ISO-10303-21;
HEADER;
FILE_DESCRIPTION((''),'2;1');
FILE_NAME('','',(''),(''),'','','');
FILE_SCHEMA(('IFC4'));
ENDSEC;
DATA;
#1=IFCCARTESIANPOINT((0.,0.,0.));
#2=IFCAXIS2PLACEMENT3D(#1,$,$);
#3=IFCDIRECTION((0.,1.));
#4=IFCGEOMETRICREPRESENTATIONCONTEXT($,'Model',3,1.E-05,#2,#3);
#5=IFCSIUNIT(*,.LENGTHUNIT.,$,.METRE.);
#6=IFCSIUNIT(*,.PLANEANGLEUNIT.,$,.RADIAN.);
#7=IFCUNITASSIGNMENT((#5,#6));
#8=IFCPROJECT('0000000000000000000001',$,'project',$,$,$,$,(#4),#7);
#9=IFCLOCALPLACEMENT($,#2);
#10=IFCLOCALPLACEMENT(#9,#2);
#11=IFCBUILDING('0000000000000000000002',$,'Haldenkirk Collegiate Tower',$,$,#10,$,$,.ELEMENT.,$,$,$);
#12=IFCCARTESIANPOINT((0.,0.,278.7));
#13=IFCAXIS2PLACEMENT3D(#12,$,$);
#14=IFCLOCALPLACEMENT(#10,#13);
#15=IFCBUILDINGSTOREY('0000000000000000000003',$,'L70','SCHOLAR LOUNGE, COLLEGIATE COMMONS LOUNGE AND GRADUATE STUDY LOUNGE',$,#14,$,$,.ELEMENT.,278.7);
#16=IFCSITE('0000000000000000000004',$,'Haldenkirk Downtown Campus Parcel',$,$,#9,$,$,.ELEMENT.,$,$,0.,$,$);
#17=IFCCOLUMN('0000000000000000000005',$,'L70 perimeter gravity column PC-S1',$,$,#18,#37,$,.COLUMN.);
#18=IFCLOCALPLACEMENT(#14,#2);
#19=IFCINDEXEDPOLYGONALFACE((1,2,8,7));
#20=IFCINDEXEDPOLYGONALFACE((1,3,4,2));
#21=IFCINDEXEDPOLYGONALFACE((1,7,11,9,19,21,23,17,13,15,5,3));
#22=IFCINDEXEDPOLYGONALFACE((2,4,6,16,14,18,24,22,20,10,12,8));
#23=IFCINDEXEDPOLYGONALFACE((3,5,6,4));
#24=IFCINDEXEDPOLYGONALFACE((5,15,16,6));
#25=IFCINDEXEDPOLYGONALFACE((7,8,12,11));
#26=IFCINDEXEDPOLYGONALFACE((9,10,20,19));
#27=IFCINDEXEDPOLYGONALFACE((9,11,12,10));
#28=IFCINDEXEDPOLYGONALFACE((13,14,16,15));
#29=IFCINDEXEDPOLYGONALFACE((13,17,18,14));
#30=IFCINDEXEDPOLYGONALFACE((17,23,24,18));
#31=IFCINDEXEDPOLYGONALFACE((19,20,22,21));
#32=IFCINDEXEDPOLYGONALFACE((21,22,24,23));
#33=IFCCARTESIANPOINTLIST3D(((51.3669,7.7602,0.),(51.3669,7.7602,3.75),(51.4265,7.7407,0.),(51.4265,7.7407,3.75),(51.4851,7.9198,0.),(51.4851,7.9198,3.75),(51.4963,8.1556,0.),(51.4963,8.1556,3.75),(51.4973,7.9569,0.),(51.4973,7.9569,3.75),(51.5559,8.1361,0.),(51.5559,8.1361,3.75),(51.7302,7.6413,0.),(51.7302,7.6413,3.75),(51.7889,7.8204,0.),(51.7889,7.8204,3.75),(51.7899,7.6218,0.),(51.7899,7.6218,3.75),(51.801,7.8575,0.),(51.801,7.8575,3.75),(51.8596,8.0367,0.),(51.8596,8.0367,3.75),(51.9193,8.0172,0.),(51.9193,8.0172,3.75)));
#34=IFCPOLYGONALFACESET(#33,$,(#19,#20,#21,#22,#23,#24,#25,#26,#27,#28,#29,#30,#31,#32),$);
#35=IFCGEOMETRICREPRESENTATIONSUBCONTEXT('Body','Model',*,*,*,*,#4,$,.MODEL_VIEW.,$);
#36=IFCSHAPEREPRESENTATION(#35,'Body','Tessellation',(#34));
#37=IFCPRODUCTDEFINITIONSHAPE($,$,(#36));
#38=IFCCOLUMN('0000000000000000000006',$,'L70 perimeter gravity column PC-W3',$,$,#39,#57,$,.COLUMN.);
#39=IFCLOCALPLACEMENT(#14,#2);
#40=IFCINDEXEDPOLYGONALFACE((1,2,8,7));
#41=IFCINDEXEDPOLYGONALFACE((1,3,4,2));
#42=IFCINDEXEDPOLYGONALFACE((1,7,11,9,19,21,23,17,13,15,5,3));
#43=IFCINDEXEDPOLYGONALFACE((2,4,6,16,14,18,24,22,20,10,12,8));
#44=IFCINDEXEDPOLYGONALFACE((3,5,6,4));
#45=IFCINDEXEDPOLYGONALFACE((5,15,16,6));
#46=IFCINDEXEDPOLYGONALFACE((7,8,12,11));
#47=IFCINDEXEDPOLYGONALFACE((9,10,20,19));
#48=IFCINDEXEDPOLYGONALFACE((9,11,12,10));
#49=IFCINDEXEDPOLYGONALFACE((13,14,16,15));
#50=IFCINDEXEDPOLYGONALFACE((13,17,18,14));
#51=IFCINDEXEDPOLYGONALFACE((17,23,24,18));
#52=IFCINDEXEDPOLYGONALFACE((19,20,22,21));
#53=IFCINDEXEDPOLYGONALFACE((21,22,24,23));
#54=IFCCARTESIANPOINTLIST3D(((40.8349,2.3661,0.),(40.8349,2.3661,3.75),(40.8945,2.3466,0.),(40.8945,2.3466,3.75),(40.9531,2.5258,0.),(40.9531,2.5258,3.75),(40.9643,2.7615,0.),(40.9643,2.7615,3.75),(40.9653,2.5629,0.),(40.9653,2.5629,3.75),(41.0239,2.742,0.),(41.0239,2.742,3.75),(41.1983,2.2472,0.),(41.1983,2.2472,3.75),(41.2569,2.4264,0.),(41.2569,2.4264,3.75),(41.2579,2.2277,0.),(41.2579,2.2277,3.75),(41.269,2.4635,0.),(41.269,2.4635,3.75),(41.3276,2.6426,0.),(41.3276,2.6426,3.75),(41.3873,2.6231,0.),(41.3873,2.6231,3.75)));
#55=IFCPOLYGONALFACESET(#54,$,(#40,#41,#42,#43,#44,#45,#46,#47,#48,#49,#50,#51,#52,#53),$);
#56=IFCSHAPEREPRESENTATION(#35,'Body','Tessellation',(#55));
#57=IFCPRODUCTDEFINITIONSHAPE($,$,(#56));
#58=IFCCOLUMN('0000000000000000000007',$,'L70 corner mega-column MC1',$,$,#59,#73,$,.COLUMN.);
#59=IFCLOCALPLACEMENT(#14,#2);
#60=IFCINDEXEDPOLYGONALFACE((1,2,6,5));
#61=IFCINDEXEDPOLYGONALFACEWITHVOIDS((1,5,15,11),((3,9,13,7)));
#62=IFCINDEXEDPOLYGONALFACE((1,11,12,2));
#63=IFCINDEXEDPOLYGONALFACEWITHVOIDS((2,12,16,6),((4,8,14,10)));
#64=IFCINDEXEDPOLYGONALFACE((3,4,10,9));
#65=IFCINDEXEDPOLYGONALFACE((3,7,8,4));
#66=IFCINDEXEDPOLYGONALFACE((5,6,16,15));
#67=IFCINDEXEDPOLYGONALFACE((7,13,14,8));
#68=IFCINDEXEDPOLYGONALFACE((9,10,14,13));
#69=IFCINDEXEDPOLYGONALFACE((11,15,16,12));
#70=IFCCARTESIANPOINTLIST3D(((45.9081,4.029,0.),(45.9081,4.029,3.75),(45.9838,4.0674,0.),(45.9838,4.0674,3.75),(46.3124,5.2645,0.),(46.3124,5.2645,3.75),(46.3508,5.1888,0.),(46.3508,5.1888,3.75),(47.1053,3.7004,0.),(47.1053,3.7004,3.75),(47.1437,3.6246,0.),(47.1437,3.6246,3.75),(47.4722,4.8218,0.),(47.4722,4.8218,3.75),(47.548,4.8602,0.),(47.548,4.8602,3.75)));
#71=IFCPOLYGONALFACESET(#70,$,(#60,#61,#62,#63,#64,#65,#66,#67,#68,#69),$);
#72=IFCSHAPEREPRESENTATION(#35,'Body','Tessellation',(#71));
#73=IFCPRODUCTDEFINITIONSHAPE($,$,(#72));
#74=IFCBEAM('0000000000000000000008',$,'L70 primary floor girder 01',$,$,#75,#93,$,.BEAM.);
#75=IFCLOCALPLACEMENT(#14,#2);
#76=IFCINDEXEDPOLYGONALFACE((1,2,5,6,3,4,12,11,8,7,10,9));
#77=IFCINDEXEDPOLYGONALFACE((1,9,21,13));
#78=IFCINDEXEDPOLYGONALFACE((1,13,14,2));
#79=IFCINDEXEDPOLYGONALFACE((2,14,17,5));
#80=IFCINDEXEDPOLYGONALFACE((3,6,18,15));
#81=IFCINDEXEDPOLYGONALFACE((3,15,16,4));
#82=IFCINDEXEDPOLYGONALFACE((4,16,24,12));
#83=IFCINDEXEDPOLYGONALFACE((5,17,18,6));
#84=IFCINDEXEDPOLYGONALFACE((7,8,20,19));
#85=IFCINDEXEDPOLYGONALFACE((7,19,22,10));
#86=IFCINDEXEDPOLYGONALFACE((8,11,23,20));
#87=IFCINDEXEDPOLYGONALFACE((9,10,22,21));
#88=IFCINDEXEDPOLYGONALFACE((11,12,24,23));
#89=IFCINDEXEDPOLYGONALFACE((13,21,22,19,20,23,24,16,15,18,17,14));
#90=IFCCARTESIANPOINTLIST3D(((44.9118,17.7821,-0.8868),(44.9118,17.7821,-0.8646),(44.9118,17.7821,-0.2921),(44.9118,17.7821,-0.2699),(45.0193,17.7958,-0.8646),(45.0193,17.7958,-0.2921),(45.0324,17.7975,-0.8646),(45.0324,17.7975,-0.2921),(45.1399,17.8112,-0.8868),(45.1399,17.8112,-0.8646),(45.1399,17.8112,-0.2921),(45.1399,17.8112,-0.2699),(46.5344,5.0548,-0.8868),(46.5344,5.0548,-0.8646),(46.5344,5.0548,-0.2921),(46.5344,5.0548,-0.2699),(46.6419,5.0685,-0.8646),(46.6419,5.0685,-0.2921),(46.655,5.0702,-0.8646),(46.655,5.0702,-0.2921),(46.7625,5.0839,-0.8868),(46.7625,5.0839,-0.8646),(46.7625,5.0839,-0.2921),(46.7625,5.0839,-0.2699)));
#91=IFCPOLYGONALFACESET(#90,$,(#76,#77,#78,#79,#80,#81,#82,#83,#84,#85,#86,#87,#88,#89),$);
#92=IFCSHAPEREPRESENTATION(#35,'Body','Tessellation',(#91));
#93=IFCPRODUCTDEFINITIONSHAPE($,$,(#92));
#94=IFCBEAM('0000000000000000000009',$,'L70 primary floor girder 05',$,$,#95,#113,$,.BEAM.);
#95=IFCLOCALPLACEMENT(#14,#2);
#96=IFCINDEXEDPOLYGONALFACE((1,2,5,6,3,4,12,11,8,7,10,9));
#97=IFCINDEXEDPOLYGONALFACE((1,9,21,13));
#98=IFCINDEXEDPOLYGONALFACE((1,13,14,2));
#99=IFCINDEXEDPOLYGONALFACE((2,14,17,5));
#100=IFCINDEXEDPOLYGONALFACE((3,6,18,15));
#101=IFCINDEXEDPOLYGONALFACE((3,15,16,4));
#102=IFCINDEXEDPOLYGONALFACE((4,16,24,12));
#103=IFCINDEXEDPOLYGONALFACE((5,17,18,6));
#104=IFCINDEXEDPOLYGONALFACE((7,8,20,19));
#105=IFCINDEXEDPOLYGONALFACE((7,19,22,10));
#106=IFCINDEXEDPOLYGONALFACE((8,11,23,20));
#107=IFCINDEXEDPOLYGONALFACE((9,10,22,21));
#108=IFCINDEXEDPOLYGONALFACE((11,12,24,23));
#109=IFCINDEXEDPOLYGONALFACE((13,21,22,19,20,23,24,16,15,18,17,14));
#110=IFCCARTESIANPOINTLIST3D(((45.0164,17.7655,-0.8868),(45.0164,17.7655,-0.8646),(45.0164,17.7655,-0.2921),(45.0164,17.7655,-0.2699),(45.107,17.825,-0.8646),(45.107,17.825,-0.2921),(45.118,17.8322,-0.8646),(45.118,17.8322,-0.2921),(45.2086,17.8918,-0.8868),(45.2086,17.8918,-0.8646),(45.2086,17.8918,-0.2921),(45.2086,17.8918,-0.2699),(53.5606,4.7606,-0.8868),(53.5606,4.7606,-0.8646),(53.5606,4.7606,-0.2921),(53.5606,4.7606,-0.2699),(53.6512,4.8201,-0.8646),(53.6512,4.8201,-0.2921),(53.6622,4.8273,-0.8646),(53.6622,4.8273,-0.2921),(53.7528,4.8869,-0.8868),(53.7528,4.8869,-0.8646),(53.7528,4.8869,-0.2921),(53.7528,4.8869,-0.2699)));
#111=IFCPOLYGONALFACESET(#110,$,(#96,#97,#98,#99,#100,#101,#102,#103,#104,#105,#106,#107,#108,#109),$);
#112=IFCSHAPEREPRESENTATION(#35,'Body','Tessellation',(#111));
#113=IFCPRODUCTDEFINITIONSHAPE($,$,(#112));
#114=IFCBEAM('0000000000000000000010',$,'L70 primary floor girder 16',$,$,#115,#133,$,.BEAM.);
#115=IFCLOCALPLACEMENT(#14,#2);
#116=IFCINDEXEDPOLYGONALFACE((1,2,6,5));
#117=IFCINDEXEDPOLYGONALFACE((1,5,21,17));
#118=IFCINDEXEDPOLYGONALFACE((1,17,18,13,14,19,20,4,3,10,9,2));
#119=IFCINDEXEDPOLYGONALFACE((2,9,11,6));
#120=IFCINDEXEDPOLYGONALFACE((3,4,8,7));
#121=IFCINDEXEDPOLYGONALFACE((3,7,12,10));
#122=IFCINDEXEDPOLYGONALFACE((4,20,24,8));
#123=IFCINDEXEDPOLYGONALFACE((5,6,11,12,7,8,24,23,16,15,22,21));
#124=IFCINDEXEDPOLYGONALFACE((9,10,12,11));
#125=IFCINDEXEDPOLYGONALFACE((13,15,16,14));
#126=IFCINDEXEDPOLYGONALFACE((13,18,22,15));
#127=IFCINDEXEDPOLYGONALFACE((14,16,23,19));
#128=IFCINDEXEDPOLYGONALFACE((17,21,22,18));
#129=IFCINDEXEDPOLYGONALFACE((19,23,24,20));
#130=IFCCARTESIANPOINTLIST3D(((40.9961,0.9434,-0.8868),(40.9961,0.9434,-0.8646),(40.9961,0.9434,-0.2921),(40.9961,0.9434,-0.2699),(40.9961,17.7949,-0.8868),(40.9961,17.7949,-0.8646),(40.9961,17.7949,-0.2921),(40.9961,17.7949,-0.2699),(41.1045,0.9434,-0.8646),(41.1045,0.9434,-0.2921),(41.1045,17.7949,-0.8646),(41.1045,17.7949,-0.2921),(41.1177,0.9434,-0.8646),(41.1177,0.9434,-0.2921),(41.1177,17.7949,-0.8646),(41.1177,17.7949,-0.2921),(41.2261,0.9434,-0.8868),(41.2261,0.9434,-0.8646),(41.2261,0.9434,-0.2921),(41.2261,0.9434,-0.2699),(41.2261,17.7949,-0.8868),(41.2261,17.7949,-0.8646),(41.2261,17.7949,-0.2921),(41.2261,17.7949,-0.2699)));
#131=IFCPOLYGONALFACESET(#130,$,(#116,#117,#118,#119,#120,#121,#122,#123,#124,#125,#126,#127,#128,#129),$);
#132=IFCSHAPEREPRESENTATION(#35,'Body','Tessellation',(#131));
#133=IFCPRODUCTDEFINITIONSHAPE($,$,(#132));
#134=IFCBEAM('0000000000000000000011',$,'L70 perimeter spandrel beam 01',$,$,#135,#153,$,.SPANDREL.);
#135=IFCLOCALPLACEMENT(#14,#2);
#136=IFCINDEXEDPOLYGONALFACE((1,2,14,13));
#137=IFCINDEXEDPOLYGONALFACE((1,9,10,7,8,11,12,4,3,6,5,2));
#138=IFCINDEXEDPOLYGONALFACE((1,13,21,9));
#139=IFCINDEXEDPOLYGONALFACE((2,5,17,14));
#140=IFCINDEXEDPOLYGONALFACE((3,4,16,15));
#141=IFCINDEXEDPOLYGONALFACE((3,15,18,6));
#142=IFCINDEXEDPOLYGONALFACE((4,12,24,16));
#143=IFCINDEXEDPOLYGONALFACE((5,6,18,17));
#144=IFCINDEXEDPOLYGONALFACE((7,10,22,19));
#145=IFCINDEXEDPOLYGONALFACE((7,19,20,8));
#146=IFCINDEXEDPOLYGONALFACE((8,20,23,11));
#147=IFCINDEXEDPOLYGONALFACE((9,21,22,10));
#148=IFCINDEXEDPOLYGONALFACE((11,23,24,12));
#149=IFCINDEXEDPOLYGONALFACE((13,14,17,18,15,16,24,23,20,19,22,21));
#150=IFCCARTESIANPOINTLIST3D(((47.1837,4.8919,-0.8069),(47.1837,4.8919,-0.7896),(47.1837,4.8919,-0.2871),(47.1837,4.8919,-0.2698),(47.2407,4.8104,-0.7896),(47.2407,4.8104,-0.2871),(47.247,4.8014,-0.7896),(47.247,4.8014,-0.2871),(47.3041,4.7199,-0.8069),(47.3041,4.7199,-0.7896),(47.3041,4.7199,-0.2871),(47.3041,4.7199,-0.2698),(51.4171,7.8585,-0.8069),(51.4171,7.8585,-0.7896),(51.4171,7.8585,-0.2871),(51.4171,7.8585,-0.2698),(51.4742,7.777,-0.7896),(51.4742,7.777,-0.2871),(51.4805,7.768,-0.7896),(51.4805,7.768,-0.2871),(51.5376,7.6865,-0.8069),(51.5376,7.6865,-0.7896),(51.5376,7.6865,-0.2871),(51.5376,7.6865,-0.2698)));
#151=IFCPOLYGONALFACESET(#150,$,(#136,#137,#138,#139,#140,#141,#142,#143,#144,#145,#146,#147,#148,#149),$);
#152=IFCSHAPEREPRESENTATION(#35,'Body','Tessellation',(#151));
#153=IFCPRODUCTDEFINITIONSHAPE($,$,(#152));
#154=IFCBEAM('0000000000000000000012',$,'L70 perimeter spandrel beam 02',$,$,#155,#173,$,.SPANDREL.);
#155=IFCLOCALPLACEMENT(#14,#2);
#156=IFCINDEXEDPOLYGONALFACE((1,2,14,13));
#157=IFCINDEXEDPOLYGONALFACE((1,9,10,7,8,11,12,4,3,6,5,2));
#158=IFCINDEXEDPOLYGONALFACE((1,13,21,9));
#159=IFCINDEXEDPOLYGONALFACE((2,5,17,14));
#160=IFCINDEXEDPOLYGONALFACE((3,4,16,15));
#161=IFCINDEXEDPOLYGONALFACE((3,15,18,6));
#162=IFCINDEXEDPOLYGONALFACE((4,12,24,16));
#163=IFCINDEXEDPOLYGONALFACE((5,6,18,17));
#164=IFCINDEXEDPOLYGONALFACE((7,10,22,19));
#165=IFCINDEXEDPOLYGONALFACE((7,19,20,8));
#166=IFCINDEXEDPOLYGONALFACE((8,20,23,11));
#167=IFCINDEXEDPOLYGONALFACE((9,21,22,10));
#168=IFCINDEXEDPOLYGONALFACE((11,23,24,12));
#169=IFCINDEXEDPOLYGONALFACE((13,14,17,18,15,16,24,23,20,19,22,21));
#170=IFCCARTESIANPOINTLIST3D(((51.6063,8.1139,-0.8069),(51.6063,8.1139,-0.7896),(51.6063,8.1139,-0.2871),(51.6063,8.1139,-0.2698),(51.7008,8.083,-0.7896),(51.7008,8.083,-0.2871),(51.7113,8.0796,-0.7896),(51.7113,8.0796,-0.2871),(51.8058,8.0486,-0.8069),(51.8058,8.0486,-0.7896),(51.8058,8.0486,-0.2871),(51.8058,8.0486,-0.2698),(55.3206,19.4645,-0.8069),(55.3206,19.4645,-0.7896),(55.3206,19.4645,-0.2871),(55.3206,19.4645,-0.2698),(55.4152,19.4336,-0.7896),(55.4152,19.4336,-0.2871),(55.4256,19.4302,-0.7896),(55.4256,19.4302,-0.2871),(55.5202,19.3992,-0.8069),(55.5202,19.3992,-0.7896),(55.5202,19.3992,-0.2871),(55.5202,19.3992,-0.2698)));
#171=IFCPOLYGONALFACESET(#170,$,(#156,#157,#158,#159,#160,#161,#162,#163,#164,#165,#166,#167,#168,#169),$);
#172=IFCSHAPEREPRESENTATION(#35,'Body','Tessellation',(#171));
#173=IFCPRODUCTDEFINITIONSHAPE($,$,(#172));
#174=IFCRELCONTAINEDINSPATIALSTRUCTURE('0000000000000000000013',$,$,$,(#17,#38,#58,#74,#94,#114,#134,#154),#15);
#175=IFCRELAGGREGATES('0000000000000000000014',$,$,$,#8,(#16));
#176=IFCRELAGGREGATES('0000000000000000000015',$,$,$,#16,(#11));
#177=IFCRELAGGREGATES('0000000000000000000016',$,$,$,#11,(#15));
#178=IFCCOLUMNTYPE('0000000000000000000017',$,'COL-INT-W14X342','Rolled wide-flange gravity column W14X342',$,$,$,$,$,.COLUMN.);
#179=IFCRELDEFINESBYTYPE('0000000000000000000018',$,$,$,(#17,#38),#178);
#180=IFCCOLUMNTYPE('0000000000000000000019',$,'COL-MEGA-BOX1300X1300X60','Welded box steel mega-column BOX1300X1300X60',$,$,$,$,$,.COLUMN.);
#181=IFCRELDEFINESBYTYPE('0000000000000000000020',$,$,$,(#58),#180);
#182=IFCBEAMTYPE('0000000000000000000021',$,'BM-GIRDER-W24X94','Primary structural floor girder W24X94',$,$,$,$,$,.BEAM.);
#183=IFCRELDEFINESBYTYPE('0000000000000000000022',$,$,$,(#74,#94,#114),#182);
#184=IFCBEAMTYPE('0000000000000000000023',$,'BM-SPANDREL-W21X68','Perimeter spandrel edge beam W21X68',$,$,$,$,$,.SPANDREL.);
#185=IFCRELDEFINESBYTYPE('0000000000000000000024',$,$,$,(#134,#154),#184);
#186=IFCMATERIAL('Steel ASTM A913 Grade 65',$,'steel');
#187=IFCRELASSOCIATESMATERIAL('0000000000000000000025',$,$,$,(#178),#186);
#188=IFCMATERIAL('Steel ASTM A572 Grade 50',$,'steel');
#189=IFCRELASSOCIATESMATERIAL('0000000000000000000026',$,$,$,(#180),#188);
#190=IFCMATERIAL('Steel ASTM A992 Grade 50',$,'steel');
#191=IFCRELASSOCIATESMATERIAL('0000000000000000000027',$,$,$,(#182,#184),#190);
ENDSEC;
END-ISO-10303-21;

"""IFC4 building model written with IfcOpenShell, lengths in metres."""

from ifc_helpers import new_model, si_unit, direction, frame, origin, origin_2d, place, context, subcontext, project, spatial, hollow_rectangle, i_section, extrude, material, material_profile, profile_set, type_object, element, save


model = new_model("IFC4")

# Units and contexts
model_context = context("Model", 3, precision=1e-05, world=origin(), true_north=direction((0.0, 1.0)))
body_context = subcontext(model_context, "Body", "Model", "MODEL_VIEW")
ifc_project = project(units=[si_unit("LENGTHUNIT", "METRE"), si_unit("PLANEANGLEUNIT", "RADIAN")], contexts=[model_context])

# Site, building, storey
site_placement = place(None, origin())
site = spatial("IfcSite", under=ifc_project, at=site_placement, Name="Haldenkirk Downtown Campus Parcel", CompositionType="ELEMENT", RefElevation=0.0)
building_placement = place(site_placement, origin())
building = spatial("IfcBuilding", under=site, at=building_placement, Name="Haldenkirk Collegiate Tower", CompositionType="ELEMENT")
storey_placement = place(building_placement, frame((0.0, 0.0, 278.7)))
storey = spatial("IfcBuildingStorey", under=building, at=storey_placement, Name="L70", Description="SCHOLAR LOUNGE, COLLEGIATE COMMONS LOUNGE AND GRADUATE STUDY LOUNGE", CompositionType="ELEMENT", Elevation=278.7)

# Columns
ifc_material_1 = material(Name="Steel ASTM A913 Grade 65", Category="steel")
ifc_material_profile_1 = material_profile(ifc_material_1, i_section(OverallWidth=0.416, OverallDepth=0.4451, WebThickness=0.0391, FlangeThickness=0.0627, at=origin_2d()), Name="W14X342")
ifc_profile_set_1 = profile_set([ifc_material_profile_1], Name="Steel ASTM A913 Grade 65")
column_type_1 = type_object("IfcColumnType", Name="COL-INT-W14X342", Description="Rolled wide-flange gravity column W14X342", PredefinedType="COLUMN", material=ifc_profile_set_1)
for number, where, z_axis, x_axis, name in (
    (1, (51.6431, 7.8887, 0.0), (0.0, 0.0, 1.0), (0.311008, 0.950407, 0.0), "L70 perimeter gravity column PC-S1"),
    (2, (41.1111, 2.4946, 0.0), (0.0, 0.0, 1.0), (0.311008, 0.950407, 0.0), "L70 perimeter gravity column PC-W3"),
):
    element("IfcColumn", number, at=place(storey_placement, frame(where, z_axis=z_axis, x_axis=x_axis)), inside=storey, type_object=column_type_1, Name=name, PredefinedType="COLUMN", context=body_context, shape_type="SweptSolid", body=[
        extrude(i_section(OverallWidth=0.416, OverallDepth=0.4451, WebThickness=0.0391, FlangeThickness=0.0627, at=origin_2d()), origin(), (0.0, 0.0, 1.0), 3.75),
    ])
ifc_material_2 = material(Name="Steel ASTM A572 Grade 50", Category="steel")
ifc_material_profile_2 = material_profile(ifc_material_2, hollow_rectangle(XDim=1.3, YDim=1.3, WallThickness=0.0601, at=origin_2d()), Name="BOX1300X1300X60")
ifc_profile_set_2 = profile_set([ifc_material_profile_2], Name="Steel ASTM A572 Grade 50")
column_type_2 = type_object("IfcColumnType", Name="COL-MEGA-BOX1300X1300X60", Description="Welded box steel mega-column BOX1300X1300X60", PredefinedType="COLUMN", material=ifc_profile_set_2)
column_placement = place(storey_placement, frame((46.728, 4.4446, 0.0), z_axis=(0.0, 0.0, 1.0), x_axis=(0.311008, 0.950407, 0.0)))
element("IfcColumn", 3, at=column_placement, inside=storey, type_object=column_type_2, Name="L70 corner mega-column MC1", PredefinedType="COLUMN", context=body_context, shape_type="SweptSolid", body=[
    extrude(hollow_rectangle(XDim=1.3, YDim=1.3, WallThickness=0.0601, at=origin_2d()), origin(), (0.0, 0.0, 1.0), 3.75),
])

# Beams
ifc_material_3 = material(Name="Steel ASTM A992 Grade 50", Category="steel")
ifc_material_profile_3 = material_profile(ifc_material_3, i_section(OverallWidth=0.23, OverallDepth=0.6169, WebThickness=0.0132, FlangeThickness=0.0222, at=origin_2d()), Name="W24X94")
ifc_profile_set_3 = profile_set([ifc_material_profile_3], Name="Steel ASTM A992 Grade 50")
beam_type_1 = type_object("IfcBeamType", Name="BM-GIRDER-W24X94", Description="Primary structural floor girder W24X94", PredefinedType="BEAM", material=ifc_profile_set_3)
beam_1_placement = place(storey_placement, frame((46.6484, 5.0693, -0.5784), z_axis=(-0.126463, 0.991971, 0.0), x_axis=(-0.991971, -0.126463, 0.0)))
element("IfcBeam", 4, at=beam_1_placement, inside=storey, type_object=beam_type_1, Name="L70 primary floor girder 01", PredefinedType="BEAM", context=body_context, shape_type="SweptSolid", body=[
    extrude(i_section(OverallWidth=0.23, OverallDepth=0.6169, WebThickness=0.0132, FlangeThickness=0.0222, at=origin_2d()), origin(), (0.0, 0.0, 1.0), 12.8303),
])
beam_2_placement = place(storey_placement, frame((53.6567, 4.8237, -0.5784), z_axis=(-0.549094, 0.835761, 0.0), x_axis=(-0.835761, -0.549094, 0.0)))
element("IfcBeam", 5, at=beam_2_placement, inside=storey, type_object=beam_type_1, Name="L70 primary floor girder 05", PredefinedType="BEAM", context=body_context, shape_type="SweptSolid", body=[
    extrude(i_section(OverallWidth=0.23, OverallDepth=0.6169, WebThickness=0.0132, FlangeThickness=0.0222, at=origin_2d()), origin(), (0.0, 0.0, 1.0), 15.5605),
])
beam_3_placement = place(storey_placement, frame((41.1111, 0.9434, -0.5784), z_axis=(0.0, 1.0, 0.0), x_axis=(-1.0, 0.0, 0.0)))
element("IfcBeam", 6, at=beam_3_placement, inside=storey, type_object=beam_type_1, Name="L70 primary floor girder 16", PredefinedType="BEAM", context=body_context, shape_type="SweptSolid", body=[
    extrude(i_section(OverallWidth=0.23, OverallDepth=0.6169, WebThickness=0.0132, FlangeThickness=0.0222, at=origin_2d()), origin(), (0.0, 0.0, 1.0), 16.8516),
])
ifc_material_profile_4 = material_profile(ifc_material_3, i_section(OverallWidth=0.21, OverallDepth=0.5371, WebThickness=0.011, FlangeThickness=0.0173, at=origin_2d()), Name="W21X68")
ifc_profile_set_4 = profile_set([ifc_material_profile_4], Name="Steel ASTM A992 Grade 50")
beam_type_2 = type_object("IfcBeamType", Name="BM-SPANDREL-W21X68", Description="Perimeter spandrel edge beam W21X68", PredefinedType="SPANDREL", material=ifc_profile_set_4)
beam_4_placement = place(storey_placement, frame((47.2439, 4.8059, -0.5383), z_axis=(0.818943, 0.573874, 0.0), x_axis=(-0.573874, 0.818943, 0.0)))
element("IfcBeam", 7, at=beam_4_placement, inside=storey, type_object=beam_type_2, Name="L70 perimeter spandrel beam 01", PredefinedType="SPANDREL", context=body_context, shape_type="SweptSolid", body=[
    extrude(i_section(OverallWidth=0.21, OverallDepth=0.5371, WebThickness=0.011, FlangeThickness=0.0173, at=origin_2d()), origin(), (0.0, 0.0, 1.0), 5.1694),
])
beam_5_placement = place(storey_placement, frame((51.7061, 8.0813, -0.5383), z_axis=(0.31101, 0.950407, 0.0), x_axis=(-0.950407, 0.31101, 0.0)))
element("IfcBeam", 8, at=beam_5_placement, inside=storey, type_object=beam_type_2, Name="L70 perimeter spandrel beam 02", PredefinedType="SPANDREL", context=body_context, shape_type="SweptSolid", body=[
    extrude(i_section(OverallWidth=0.21, OverallDepth=0.5371, WebThickness=0.011, FlangeThickness=0.0173, at=origin_2d()), origin(), (0.0, 0.0, 1.0), 11.9429),
])

save(model, "model.ifc")
